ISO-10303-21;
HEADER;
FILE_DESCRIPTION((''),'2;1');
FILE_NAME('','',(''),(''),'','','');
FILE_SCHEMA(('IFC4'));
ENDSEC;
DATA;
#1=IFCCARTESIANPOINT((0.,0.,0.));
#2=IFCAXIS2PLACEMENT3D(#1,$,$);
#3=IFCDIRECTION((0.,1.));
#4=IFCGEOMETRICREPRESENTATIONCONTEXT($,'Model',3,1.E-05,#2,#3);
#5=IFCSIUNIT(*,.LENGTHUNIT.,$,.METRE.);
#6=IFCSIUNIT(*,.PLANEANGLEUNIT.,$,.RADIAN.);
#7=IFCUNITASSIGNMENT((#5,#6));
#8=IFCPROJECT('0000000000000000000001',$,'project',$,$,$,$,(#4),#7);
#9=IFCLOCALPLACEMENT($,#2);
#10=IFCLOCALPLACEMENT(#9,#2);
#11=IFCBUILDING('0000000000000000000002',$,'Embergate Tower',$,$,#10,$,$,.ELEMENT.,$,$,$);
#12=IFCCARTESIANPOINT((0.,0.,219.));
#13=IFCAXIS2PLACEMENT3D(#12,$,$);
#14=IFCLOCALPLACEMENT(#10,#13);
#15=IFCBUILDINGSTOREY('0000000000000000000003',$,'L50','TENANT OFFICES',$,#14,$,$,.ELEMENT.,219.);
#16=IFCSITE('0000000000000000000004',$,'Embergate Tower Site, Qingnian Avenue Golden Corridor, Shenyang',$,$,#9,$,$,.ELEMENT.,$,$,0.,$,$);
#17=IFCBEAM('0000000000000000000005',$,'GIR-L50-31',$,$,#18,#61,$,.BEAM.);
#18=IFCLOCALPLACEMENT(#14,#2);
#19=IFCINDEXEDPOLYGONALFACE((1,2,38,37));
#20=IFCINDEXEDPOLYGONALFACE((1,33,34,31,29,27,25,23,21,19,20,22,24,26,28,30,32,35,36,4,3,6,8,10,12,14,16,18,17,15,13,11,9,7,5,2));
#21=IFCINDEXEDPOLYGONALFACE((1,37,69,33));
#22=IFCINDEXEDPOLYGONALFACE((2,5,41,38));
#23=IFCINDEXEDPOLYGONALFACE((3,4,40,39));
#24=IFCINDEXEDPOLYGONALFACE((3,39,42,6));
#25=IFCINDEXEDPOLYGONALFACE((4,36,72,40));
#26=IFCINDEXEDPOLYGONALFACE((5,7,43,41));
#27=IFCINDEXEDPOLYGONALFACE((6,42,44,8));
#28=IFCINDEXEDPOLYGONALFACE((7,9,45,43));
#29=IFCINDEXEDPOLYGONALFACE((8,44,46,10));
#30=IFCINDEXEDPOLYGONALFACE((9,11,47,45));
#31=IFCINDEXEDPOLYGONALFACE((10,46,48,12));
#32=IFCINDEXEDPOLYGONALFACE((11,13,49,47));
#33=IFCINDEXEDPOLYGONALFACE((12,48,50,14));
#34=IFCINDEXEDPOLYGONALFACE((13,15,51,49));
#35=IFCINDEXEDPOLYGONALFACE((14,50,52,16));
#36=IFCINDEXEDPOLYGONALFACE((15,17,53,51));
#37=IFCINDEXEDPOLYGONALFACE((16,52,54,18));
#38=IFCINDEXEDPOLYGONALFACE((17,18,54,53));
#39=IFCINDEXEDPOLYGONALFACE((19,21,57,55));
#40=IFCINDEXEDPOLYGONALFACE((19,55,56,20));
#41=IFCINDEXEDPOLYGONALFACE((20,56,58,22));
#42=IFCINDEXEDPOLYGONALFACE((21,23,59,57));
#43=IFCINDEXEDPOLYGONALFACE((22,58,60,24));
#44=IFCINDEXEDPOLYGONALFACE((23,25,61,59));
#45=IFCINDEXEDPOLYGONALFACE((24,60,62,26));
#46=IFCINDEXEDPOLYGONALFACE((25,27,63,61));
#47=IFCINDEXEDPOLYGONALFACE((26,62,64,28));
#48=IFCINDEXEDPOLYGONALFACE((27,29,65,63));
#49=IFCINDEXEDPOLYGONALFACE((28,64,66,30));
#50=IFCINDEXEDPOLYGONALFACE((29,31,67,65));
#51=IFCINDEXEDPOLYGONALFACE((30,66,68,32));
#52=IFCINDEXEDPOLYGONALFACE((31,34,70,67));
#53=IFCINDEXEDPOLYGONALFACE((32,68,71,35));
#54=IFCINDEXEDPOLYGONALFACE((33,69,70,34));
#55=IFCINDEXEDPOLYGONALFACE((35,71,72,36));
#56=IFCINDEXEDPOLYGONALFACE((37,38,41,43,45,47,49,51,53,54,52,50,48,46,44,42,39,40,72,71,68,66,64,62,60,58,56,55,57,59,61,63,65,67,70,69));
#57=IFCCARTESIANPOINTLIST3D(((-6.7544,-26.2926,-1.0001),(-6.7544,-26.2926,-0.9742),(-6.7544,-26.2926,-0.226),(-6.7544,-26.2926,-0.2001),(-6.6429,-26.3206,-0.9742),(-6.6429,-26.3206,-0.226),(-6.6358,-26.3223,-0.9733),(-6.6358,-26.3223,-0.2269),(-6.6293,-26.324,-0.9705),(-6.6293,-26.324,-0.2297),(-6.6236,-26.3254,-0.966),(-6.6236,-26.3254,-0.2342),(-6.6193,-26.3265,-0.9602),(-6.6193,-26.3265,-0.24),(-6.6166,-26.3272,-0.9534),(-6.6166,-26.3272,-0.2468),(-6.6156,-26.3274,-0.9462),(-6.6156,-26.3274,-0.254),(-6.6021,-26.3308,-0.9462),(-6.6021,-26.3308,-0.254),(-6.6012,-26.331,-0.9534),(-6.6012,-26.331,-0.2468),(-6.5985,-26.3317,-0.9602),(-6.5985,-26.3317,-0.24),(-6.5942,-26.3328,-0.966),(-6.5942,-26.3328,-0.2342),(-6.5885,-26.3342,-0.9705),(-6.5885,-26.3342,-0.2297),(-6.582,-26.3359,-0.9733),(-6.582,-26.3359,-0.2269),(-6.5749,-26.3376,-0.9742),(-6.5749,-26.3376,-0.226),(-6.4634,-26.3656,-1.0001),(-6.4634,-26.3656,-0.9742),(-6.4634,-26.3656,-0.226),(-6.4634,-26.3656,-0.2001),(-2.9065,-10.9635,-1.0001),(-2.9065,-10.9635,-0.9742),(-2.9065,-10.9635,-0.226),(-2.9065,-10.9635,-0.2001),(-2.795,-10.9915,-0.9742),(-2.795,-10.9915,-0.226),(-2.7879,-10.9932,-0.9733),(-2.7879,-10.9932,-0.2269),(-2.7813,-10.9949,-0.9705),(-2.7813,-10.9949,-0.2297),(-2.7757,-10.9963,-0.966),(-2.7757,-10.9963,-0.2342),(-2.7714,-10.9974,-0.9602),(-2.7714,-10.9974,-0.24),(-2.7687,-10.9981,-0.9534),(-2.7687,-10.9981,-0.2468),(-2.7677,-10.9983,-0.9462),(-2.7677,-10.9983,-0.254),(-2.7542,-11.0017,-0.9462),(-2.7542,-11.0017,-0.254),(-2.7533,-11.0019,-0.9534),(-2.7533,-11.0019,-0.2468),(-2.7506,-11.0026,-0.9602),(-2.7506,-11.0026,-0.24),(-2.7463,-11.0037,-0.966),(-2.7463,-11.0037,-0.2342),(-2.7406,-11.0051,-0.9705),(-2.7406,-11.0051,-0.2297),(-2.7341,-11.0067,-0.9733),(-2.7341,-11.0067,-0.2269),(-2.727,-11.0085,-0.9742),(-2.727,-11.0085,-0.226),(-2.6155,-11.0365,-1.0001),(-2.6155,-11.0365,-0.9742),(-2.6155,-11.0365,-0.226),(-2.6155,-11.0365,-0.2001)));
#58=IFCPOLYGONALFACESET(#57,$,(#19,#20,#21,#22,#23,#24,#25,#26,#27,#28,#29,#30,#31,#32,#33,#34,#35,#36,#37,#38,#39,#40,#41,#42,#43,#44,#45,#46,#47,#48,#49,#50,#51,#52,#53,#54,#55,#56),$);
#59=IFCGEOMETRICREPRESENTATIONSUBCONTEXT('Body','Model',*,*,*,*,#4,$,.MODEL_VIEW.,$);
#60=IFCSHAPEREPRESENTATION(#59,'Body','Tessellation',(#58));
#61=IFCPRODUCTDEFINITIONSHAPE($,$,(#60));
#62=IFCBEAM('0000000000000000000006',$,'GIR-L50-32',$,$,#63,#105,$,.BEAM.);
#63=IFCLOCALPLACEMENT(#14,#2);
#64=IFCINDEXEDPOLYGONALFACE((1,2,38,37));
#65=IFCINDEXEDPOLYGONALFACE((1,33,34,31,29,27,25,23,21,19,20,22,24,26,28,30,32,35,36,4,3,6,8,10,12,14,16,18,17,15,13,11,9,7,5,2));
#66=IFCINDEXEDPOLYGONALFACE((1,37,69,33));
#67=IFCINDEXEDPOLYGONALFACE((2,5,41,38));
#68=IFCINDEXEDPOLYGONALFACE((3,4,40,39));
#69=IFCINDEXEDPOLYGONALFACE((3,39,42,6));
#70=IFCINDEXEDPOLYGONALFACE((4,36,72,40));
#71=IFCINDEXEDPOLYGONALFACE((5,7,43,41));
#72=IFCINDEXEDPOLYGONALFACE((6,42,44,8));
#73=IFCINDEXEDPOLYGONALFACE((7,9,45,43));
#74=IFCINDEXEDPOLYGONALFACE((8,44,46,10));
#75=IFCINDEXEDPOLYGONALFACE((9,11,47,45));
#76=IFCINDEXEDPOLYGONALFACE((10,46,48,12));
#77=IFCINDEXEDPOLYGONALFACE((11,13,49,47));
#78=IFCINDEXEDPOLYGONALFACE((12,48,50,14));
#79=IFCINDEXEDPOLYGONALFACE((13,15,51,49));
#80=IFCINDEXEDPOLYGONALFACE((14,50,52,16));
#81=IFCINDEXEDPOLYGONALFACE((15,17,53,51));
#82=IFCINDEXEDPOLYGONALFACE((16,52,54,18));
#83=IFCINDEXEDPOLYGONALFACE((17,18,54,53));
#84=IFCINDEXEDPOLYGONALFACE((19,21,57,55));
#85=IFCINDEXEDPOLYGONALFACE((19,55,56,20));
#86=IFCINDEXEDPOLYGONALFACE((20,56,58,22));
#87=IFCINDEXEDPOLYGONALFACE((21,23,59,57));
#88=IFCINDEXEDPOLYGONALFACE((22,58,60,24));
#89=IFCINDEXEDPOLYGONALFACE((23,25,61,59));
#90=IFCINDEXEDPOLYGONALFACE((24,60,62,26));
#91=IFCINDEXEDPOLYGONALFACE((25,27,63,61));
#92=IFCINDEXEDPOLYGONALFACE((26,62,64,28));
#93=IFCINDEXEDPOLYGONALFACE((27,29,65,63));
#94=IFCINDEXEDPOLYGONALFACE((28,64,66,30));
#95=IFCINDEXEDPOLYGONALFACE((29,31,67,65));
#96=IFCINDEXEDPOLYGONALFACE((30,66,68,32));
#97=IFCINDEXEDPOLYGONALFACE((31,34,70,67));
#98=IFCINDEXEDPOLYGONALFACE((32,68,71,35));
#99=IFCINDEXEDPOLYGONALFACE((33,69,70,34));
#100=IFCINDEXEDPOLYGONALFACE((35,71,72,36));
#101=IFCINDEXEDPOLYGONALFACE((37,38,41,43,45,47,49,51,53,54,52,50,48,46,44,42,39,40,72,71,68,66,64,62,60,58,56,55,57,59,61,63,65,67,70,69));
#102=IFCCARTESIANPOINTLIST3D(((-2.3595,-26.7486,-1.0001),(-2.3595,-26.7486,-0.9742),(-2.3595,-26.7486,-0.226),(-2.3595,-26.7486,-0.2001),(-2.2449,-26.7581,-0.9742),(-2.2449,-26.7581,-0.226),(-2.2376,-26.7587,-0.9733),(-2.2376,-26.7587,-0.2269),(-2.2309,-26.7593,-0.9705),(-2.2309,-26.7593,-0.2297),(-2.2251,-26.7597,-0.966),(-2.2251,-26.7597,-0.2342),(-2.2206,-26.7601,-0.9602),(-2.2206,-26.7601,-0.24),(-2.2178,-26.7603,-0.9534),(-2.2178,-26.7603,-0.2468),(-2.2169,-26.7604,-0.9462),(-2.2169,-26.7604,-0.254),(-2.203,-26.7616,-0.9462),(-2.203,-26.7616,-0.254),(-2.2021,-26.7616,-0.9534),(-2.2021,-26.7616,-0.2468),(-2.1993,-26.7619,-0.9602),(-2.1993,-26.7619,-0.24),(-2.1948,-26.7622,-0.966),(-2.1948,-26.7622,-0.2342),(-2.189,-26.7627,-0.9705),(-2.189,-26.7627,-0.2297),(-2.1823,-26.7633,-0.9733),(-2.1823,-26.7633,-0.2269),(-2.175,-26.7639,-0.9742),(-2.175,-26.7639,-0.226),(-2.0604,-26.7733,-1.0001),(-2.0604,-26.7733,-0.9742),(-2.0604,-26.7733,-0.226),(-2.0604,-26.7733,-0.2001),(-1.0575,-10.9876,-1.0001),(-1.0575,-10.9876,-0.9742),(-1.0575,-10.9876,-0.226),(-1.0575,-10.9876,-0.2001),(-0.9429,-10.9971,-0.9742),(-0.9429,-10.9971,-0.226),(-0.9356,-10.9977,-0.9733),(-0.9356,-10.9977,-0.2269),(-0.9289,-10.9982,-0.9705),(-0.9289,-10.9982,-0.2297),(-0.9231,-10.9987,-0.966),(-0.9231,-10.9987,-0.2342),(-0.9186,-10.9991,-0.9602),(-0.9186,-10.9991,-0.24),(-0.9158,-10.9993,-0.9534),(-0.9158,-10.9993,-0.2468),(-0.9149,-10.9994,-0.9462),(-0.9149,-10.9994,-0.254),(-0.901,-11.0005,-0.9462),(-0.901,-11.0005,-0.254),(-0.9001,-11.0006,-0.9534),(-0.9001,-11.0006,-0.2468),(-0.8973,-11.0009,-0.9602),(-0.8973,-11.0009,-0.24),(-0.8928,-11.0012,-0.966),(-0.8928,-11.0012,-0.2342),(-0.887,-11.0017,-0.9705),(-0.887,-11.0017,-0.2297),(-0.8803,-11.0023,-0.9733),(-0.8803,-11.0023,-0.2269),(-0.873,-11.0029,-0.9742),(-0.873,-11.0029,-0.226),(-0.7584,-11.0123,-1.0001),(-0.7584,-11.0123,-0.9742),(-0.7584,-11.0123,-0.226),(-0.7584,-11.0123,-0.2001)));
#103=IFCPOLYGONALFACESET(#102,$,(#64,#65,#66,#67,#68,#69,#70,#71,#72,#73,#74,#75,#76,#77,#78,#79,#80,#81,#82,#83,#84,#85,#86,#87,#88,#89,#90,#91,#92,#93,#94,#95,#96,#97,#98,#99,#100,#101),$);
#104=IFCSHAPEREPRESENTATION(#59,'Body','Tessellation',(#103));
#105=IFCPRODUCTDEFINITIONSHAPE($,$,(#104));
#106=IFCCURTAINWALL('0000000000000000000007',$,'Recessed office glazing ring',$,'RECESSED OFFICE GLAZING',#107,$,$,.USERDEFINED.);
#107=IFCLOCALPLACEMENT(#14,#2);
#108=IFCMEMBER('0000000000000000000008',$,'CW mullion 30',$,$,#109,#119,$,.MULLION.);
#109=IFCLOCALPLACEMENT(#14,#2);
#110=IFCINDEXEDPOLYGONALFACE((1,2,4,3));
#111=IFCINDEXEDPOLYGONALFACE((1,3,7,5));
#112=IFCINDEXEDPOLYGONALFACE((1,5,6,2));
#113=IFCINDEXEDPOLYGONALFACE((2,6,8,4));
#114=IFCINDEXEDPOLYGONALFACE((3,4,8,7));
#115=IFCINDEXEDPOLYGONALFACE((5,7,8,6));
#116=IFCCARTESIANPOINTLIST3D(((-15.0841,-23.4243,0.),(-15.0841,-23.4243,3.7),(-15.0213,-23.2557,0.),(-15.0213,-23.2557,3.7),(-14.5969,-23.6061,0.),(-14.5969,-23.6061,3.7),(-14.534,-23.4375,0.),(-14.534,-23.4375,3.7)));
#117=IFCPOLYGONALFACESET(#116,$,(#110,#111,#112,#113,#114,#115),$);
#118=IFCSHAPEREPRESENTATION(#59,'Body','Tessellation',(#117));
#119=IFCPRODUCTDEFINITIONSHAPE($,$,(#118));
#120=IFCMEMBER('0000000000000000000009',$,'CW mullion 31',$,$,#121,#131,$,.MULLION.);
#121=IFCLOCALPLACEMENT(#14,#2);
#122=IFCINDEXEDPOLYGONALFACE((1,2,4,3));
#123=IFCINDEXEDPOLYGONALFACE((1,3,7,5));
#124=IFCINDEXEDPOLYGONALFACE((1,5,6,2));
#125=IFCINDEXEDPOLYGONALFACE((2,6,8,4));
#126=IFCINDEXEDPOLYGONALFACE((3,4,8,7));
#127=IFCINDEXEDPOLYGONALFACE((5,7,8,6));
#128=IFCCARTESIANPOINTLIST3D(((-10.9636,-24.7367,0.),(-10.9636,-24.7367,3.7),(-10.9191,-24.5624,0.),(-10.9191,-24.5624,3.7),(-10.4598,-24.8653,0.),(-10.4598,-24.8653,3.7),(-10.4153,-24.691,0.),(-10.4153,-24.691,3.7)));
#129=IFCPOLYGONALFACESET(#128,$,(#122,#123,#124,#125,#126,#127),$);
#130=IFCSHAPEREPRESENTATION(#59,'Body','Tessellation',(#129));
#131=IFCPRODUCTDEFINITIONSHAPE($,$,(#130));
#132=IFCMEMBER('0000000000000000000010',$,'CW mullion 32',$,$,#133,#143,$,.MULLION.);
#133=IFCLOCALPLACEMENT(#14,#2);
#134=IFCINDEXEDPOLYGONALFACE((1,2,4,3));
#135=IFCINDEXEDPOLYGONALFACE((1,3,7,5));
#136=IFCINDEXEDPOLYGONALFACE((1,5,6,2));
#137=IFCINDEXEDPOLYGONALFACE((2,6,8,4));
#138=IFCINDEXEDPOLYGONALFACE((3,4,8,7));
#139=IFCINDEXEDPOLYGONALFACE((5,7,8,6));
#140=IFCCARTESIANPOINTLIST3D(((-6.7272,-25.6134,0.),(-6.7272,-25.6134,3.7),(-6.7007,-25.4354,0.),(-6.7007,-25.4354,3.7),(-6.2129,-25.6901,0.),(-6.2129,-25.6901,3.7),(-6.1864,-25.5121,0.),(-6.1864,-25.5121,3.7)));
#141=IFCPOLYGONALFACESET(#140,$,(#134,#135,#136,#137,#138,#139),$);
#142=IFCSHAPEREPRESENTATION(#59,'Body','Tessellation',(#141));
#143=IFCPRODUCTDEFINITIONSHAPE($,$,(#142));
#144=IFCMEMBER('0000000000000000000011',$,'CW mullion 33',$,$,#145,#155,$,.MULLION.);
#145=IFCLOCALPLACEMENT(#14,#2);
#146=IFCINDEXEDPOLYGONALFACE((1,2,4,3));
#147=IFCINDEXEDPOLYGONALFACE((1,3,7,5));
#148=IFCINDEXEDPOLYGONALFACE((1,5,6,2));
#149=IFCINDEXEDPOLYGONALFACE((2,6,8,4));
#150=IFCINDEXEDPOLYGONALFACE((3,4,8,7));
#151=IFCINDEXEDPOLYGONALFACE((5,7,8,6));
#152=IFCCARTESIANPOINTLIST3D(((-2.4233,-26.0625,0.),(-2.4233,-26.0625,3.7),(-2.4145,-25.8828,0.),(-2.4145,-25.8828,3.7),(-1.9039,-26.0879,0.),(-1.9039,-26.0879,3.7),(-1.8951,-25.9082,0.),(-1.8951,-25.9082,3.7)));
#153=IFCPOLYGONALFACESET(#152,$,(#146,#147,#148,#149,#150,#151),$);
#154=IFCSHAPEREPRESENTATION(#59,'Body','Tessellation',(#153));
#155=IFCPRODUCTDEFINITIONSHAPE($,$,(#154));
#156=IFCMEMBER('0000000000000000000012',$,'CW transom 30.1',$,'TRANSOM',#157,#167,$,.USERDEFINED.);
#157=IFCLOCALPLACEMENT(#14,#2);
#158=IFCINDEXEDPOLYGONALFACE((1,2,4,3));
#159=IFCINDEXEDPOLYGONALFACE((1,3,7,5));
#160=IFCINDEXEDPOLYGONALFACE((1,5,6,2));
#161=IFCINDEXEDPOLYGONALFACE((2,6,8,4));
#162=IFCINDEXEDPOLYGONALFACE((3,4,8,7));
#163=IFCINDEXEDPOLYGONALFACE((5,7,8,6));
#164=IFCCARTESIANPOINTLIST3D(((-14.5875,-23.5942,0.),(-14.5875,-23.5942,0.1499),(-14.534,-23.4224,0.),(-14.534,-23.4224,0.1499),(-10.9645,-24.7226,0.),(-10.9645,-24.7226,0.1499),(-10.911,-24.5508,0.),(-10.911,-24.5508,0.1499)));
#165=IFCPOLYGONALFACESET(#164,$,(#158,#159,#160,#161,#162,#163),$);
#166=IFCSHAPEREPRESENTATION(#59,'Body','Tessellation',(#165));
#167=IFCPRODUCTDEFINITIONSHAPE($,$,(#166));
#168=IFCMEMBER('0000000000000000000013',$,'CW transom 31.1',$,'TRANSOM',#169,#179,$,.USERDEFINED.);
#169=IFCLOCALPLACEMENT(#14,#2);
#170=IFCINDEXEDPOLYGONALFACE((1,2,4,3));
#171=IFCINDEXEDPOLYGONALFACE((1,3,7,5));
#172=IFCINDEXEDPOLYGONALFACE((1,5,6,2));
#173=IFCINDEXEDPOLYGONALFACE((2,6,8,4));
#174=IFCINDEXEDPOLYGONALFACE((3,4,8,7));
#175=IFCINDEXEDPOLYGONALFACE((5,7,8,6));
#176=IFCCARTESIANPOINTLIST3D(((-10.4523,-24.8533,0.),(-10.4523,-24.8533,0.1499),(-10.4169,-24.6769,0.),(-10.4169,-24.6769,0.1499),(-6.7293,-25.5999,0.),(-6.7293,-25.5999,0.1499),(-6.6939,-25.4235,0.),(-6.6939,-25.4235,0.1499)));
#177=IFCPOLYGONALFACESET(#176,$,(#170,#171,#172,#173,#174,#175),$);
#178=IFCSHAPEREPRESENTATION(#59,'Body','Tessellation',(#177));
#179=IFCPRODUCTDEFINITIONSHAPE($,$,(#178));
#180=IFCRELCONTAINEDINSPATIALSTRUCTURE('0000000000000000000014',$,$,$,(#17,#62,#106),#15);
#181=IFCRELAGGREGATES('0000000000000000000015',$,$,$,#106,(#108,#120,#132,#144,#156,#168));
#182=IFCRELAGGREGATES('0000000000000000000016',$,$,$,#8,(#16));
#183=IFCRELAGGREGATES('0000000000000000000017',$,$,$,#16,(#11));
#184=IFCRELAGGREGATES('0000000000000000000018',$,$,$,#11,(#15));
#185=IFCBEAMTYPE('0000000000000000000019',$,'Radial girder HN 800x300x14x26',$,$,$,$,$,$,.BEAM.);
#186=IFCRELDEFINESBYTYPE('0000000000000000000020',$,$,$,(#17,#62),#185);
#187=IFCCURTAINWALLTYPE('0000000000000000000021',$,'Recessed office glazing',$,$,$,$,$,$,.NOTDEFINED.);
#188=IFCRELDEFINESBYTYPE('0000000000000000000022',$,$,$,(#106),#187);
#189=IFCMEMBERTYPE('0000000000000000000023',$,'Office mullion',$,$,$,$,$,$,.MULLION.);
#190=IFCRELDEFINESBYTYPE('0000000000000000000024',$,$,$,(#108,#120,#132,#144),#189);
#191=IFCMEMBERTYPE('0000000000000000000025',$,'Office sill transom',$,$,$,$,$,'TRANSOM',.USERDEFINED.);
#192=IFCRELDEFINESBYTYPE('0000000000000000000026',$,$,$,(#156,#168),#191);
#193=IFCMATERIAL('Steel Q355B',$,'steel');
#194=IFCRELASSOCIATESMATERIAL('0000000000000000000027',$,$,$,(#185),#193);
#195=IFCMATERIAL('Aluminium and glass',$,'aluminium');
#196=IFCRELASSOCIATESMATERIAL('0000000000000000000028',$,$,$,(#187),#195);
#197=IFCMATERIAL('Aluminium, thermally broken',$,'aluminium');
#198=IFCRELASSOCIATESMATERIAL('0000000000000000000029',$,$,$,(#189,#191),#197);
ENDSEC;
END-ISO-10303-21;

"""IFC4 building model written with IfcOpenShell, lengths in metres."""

from ifc_helpers import new_model, si_unit, direction, frame, origin, origin_2d, place, context, subcontext, project, spatial, rectangle, i_section, extrude, source, transform, mapped, material, material_profile, profile_set, type_object, element, aggregate, save


model = new_model("IFC4")

# Units and contexts
model_context = context("Model", 3, precision=1e-05, world=origin(), true_north=direction((0.0, 1.0)))
body_context = subcontext(model_context, "Body", "Model", "MODEL_VIEW")
ifc_project = project(units=[si_unit("LENGTHUNIT", "METRE"), si_unit("PLANEANGLEUNIT", "RADIAN")], contexts=[model_context])

# Site, building, storey
site_placement = place(None, origin())
site = spatial("IfcSite", under=ifc_project, at=site_placement, Name="Embergate Tower Site, Qingnian Avenue Golden Corridor, Shenyang", CompositionType="ELEMENT", RefElevation=0.0)
building_placement = place(site_placement, origin())
building = spatial("IfcBuilding", under=site, at=building_placement, Name="Embergate Tower", CompositionType="ELEMENT")
storey_placement = place(building_placement, frame((0.0, 0.0, 219.0)))
storey = spatial("IfcBuildingStorey", under=building, at=storey_placement, Name="L50", Description="TENANT OFFICES", CompositionType="ELEMENT", Elevation=219.0)

# Beams
ifc_material_1 = material(Name="Steel Q355B", Category="steel")
ifc_material_profile_1 = material_profile(ifc_material_1, i_section(OverallWidth=0.3, OverallDepth=0.8, WebThickness=0.0139, FlangeThickness=0.0259, FilletRadius=0.0281, at=origin_2d()), Name="HN 800x300x14x26")
ifc_profile_set_1 = profile_set([ifc_material_profile_1], Name="Steel Q355 grade B")
beam_type_1 = type_object("IfcBeamType", Name="Radial girder HN 800x300x14x26", PredefinedType="BEAM", material=ifc_profile_set_1)
shared_shape_1 = source(origin(), body_context, "Body", "SweptSolid", [
    extrude(i_section(OverallWidth=0.3, OverallDepth=0.8, WebThickness=0.0139, FlangeThickness=0.0259, FilletRadius=0.0281, at=origin_2d()), origin(), (0.0, 0.0, 1.0), 15.8047),
])
beam_1_placement = place(storey_placement, frame((-6.6089, -26.3291, -0.6001), z_axis=(0.243466, 0.969909, 0.0), x_axis=(-0.969909, 0.243466, 0.0)))
element("IfcBeam", 1, at=beam_1_placement, inside=storey, type_object=beam_type_1, Name="GIR-L50-31", PredefinedType="BEAM", context=body_context, shape_type="MappedRepresentation", body=[
    mapped(shared_shape_1, transform((0.0, 0.0, 0.0))),
])
shared_shape_2 = source(origin(), body_context, "Body", "SweptSolid", [
    extrude(i_section(OverallWidth=0.3, OverallDepth=0.8, WebThickness=0.0139, FlangeThickness=0.0259, FilletRadius=0.0281, at=origin_2d()), origin(), (0.0, 0.0, 1.0), 15.8147),
])
beam_2_placement = place(storey_placement, frame((-2.21, -26.761, -0.6001), z_axis=(0.082329, 0.996605, 0.0), x_axis=(-0.996605, 0.082329, 0.0)))
element("IfcBeam", 2, at=beam_2_placement, inside=storey, type_object=beam_type_1, Name="GIR-L50-32", PredefinedType="BEAM", context=body_context, shape_type="MappedRepresentation", body=[
    mapped(shared_shape_2, transform((0.0, 0.0, 0.0))),
])

# Curtain wall, members
ifc_material_2 = material(Name="Aluminium and glass", Category="aluminium")
curtain_wall_type = type_object("IfcCurtainWallType", Name="Recessed office glazing", PredefinedType="NOTDEFINED", material=ifc_material_2)
curtain_wall_placement = place(storey_placement, origin())
curtain_wall = element("IfcCurtainWall", 3, at=curtain_wall_placement, inside=storey, type_object=curtain_wall_type, Name="Recessed office glazing ring", ObjectType="RECESSED OFFICE GLAZING", PredefinedType="USERDEFINED")
ifc_material_3 = material(Name="Aluminium, thermally broken", Category="aluminium")
ifc_material_profile_2 = material_profile(ifc_material_3, rectangle(XDim=0.1799, YDim=0.52, at=origin_2d()), Name="AL 520x180")
ifc_profile_set_2 = profile_set([ifc_material_profile_2], Name="Aluminium, thermally broken")
member_type_1 = type_object("IfcMemberType", Name="Office mullion", PredefinedType="MULLION", material=ifc_profile_set_2)
shared_shape_3 = source(origin(), body_context, "Body", "SweptSolid", [
    extrude(rectangle(XDim=0.1799, YDim=0.52, at=origin_2d()), origin(), (0.0, 0.0, 1.0), 3.7),
])
member_1_placement = place(storey_placement, frame((-14.8091, -23.4309, 0.0), z_axis=(0.0, 0.0, 1.0), x_axis=(0.349504, 0.936935, 0.0)))
member_1 = element("IfcMember", 4, at=member_1_placement, type_object=member_type_1, Name="CW mullion 30", PredefinedType="MULLION", context=body_context, shape_type="MappedRepresentation", body=[
    mapped(shared_shape_3, transform((0.0, 0.0, 0.0))),
])
member_2_placement = place(storey_placement, frame((-10.6895, -24.7139, 0.0), z_axis=(0.0, 0.0, 1.0), x_axis=(0.247314, 0.968935, 0.0)))
member_2 = element("IfcMember", 5, at=member_2_placement, type_object=member_type_1, Name="CW mullion 31", PredefinedType="MULLION", context=body_context, shape_type="MappedRepresentation", body=[
    mapped(shared_shape_3, transform((0.0, 0.0, 0.0))),
])
member_3_placement = place(storey_placement, frame((-6.4568, -25.5627, 0.0), z_axis=(0.0, 0.0, 1.0), x_axis=(0.147414, 0.989075, 0.0)))
member_3 = element("IfcMember", 6, at=member_3_placement, type_object=member_type_1, Name="CW mullion 32", PredefinedType="MULLION", context=body_context, shape_type="MappedRepresentation", body=[
    mapped(shared_shape_3, transform((0.0, 0.0, 0.0))),
])
member_4_placement = place(storey_placement, frame((-2.1592, -25.9854, 0.0), z_axis=(0.0, 0.0, 1.0), x_axis=(0.048972, 0.9988, 0.0)))
member_4 = element("IfcMember", 7, at=member_4_placement, type_object=member_type_1, Name="CW mullion 33", PredefinedType="MULLION", context=body_context, shape_type="MappedRepresentation", body=[
    mapped(shared_shape_3, transform((0.0, 0.0, 0.0))),
])
ifc_material_profile_3 = material_profile(ifc_material_3, rectangle(XDim=0.1799, YDim=0.1499, at=origin_2d()), Name="AL 150x180")
ifc_profile_set_3 = profile_set([ifc_material_profile_3], Name="Aluminium, thermally broken")
member_type_2 = type_object("IfcMemberType", Name="Office sill transom", ElementType="TRANSOM", PredefinedType="USERDEFINED", material=ifc_profile_set_3)
shared_shape_4 = source(origin(), body_context, "Body", "SweptSolid", [
    extrude(rectangle(XDim=0.1799, YDim=0.1499, at=origin_2d()), origin(), (0.0, 0.0, 1.0), 3.7947),
])
member_5_placement = place(storey_placement, frame((-14.5608, -23.5083, 0.075), z_axis=(0.954763, -0.297366, 0.0), x_axis=(0.297366, 0.954763, 0.0)))
member_5 = element("IfcMember", 8, at=member_5_placement, type_object=member_type_2, Name="CW transom 30.1", ObjectType="TRANSOM", PredefinedType="USERDEFINED", context=body_context, shape_type="MappedRepresentation", body=[
    mapped(shared_shape_4, transform((0.0, 0.0, 0.0))),
])
shared_shape_5 = source(origin(), body_context, "Body", "SweptSolid", [
    extrude(rectangle(XDim=0.1799, YDim=0.1499, at=origin_2d()), origin(), (0.0, 0.0, 1.0), 3.7971),
])
member_6_placement = place(storey_placement, frame((-10.4346, -24.7651, 0.075), z_axis=(0.980479, -0.196623, 0.0), x_axis=(0.196623, 0.980479, 0.0)))
member_6 = element("IfcMember", 9, at=member_6_placement, type_object=member_type_2, Name="CW transom 31.1", ObjectType="TRANSOM", PredefinedType="USERDEFINED", context=body_context, shape_type="MappedRepresentation", body=[
    mapped(shared_shape_5, transform((0.0, 0.0, 0.0))),
])

aggregate(curtain_wall, [member_1, member_2, member_3, member_4, member_5, member_6])

save(model, "model.ifc")
